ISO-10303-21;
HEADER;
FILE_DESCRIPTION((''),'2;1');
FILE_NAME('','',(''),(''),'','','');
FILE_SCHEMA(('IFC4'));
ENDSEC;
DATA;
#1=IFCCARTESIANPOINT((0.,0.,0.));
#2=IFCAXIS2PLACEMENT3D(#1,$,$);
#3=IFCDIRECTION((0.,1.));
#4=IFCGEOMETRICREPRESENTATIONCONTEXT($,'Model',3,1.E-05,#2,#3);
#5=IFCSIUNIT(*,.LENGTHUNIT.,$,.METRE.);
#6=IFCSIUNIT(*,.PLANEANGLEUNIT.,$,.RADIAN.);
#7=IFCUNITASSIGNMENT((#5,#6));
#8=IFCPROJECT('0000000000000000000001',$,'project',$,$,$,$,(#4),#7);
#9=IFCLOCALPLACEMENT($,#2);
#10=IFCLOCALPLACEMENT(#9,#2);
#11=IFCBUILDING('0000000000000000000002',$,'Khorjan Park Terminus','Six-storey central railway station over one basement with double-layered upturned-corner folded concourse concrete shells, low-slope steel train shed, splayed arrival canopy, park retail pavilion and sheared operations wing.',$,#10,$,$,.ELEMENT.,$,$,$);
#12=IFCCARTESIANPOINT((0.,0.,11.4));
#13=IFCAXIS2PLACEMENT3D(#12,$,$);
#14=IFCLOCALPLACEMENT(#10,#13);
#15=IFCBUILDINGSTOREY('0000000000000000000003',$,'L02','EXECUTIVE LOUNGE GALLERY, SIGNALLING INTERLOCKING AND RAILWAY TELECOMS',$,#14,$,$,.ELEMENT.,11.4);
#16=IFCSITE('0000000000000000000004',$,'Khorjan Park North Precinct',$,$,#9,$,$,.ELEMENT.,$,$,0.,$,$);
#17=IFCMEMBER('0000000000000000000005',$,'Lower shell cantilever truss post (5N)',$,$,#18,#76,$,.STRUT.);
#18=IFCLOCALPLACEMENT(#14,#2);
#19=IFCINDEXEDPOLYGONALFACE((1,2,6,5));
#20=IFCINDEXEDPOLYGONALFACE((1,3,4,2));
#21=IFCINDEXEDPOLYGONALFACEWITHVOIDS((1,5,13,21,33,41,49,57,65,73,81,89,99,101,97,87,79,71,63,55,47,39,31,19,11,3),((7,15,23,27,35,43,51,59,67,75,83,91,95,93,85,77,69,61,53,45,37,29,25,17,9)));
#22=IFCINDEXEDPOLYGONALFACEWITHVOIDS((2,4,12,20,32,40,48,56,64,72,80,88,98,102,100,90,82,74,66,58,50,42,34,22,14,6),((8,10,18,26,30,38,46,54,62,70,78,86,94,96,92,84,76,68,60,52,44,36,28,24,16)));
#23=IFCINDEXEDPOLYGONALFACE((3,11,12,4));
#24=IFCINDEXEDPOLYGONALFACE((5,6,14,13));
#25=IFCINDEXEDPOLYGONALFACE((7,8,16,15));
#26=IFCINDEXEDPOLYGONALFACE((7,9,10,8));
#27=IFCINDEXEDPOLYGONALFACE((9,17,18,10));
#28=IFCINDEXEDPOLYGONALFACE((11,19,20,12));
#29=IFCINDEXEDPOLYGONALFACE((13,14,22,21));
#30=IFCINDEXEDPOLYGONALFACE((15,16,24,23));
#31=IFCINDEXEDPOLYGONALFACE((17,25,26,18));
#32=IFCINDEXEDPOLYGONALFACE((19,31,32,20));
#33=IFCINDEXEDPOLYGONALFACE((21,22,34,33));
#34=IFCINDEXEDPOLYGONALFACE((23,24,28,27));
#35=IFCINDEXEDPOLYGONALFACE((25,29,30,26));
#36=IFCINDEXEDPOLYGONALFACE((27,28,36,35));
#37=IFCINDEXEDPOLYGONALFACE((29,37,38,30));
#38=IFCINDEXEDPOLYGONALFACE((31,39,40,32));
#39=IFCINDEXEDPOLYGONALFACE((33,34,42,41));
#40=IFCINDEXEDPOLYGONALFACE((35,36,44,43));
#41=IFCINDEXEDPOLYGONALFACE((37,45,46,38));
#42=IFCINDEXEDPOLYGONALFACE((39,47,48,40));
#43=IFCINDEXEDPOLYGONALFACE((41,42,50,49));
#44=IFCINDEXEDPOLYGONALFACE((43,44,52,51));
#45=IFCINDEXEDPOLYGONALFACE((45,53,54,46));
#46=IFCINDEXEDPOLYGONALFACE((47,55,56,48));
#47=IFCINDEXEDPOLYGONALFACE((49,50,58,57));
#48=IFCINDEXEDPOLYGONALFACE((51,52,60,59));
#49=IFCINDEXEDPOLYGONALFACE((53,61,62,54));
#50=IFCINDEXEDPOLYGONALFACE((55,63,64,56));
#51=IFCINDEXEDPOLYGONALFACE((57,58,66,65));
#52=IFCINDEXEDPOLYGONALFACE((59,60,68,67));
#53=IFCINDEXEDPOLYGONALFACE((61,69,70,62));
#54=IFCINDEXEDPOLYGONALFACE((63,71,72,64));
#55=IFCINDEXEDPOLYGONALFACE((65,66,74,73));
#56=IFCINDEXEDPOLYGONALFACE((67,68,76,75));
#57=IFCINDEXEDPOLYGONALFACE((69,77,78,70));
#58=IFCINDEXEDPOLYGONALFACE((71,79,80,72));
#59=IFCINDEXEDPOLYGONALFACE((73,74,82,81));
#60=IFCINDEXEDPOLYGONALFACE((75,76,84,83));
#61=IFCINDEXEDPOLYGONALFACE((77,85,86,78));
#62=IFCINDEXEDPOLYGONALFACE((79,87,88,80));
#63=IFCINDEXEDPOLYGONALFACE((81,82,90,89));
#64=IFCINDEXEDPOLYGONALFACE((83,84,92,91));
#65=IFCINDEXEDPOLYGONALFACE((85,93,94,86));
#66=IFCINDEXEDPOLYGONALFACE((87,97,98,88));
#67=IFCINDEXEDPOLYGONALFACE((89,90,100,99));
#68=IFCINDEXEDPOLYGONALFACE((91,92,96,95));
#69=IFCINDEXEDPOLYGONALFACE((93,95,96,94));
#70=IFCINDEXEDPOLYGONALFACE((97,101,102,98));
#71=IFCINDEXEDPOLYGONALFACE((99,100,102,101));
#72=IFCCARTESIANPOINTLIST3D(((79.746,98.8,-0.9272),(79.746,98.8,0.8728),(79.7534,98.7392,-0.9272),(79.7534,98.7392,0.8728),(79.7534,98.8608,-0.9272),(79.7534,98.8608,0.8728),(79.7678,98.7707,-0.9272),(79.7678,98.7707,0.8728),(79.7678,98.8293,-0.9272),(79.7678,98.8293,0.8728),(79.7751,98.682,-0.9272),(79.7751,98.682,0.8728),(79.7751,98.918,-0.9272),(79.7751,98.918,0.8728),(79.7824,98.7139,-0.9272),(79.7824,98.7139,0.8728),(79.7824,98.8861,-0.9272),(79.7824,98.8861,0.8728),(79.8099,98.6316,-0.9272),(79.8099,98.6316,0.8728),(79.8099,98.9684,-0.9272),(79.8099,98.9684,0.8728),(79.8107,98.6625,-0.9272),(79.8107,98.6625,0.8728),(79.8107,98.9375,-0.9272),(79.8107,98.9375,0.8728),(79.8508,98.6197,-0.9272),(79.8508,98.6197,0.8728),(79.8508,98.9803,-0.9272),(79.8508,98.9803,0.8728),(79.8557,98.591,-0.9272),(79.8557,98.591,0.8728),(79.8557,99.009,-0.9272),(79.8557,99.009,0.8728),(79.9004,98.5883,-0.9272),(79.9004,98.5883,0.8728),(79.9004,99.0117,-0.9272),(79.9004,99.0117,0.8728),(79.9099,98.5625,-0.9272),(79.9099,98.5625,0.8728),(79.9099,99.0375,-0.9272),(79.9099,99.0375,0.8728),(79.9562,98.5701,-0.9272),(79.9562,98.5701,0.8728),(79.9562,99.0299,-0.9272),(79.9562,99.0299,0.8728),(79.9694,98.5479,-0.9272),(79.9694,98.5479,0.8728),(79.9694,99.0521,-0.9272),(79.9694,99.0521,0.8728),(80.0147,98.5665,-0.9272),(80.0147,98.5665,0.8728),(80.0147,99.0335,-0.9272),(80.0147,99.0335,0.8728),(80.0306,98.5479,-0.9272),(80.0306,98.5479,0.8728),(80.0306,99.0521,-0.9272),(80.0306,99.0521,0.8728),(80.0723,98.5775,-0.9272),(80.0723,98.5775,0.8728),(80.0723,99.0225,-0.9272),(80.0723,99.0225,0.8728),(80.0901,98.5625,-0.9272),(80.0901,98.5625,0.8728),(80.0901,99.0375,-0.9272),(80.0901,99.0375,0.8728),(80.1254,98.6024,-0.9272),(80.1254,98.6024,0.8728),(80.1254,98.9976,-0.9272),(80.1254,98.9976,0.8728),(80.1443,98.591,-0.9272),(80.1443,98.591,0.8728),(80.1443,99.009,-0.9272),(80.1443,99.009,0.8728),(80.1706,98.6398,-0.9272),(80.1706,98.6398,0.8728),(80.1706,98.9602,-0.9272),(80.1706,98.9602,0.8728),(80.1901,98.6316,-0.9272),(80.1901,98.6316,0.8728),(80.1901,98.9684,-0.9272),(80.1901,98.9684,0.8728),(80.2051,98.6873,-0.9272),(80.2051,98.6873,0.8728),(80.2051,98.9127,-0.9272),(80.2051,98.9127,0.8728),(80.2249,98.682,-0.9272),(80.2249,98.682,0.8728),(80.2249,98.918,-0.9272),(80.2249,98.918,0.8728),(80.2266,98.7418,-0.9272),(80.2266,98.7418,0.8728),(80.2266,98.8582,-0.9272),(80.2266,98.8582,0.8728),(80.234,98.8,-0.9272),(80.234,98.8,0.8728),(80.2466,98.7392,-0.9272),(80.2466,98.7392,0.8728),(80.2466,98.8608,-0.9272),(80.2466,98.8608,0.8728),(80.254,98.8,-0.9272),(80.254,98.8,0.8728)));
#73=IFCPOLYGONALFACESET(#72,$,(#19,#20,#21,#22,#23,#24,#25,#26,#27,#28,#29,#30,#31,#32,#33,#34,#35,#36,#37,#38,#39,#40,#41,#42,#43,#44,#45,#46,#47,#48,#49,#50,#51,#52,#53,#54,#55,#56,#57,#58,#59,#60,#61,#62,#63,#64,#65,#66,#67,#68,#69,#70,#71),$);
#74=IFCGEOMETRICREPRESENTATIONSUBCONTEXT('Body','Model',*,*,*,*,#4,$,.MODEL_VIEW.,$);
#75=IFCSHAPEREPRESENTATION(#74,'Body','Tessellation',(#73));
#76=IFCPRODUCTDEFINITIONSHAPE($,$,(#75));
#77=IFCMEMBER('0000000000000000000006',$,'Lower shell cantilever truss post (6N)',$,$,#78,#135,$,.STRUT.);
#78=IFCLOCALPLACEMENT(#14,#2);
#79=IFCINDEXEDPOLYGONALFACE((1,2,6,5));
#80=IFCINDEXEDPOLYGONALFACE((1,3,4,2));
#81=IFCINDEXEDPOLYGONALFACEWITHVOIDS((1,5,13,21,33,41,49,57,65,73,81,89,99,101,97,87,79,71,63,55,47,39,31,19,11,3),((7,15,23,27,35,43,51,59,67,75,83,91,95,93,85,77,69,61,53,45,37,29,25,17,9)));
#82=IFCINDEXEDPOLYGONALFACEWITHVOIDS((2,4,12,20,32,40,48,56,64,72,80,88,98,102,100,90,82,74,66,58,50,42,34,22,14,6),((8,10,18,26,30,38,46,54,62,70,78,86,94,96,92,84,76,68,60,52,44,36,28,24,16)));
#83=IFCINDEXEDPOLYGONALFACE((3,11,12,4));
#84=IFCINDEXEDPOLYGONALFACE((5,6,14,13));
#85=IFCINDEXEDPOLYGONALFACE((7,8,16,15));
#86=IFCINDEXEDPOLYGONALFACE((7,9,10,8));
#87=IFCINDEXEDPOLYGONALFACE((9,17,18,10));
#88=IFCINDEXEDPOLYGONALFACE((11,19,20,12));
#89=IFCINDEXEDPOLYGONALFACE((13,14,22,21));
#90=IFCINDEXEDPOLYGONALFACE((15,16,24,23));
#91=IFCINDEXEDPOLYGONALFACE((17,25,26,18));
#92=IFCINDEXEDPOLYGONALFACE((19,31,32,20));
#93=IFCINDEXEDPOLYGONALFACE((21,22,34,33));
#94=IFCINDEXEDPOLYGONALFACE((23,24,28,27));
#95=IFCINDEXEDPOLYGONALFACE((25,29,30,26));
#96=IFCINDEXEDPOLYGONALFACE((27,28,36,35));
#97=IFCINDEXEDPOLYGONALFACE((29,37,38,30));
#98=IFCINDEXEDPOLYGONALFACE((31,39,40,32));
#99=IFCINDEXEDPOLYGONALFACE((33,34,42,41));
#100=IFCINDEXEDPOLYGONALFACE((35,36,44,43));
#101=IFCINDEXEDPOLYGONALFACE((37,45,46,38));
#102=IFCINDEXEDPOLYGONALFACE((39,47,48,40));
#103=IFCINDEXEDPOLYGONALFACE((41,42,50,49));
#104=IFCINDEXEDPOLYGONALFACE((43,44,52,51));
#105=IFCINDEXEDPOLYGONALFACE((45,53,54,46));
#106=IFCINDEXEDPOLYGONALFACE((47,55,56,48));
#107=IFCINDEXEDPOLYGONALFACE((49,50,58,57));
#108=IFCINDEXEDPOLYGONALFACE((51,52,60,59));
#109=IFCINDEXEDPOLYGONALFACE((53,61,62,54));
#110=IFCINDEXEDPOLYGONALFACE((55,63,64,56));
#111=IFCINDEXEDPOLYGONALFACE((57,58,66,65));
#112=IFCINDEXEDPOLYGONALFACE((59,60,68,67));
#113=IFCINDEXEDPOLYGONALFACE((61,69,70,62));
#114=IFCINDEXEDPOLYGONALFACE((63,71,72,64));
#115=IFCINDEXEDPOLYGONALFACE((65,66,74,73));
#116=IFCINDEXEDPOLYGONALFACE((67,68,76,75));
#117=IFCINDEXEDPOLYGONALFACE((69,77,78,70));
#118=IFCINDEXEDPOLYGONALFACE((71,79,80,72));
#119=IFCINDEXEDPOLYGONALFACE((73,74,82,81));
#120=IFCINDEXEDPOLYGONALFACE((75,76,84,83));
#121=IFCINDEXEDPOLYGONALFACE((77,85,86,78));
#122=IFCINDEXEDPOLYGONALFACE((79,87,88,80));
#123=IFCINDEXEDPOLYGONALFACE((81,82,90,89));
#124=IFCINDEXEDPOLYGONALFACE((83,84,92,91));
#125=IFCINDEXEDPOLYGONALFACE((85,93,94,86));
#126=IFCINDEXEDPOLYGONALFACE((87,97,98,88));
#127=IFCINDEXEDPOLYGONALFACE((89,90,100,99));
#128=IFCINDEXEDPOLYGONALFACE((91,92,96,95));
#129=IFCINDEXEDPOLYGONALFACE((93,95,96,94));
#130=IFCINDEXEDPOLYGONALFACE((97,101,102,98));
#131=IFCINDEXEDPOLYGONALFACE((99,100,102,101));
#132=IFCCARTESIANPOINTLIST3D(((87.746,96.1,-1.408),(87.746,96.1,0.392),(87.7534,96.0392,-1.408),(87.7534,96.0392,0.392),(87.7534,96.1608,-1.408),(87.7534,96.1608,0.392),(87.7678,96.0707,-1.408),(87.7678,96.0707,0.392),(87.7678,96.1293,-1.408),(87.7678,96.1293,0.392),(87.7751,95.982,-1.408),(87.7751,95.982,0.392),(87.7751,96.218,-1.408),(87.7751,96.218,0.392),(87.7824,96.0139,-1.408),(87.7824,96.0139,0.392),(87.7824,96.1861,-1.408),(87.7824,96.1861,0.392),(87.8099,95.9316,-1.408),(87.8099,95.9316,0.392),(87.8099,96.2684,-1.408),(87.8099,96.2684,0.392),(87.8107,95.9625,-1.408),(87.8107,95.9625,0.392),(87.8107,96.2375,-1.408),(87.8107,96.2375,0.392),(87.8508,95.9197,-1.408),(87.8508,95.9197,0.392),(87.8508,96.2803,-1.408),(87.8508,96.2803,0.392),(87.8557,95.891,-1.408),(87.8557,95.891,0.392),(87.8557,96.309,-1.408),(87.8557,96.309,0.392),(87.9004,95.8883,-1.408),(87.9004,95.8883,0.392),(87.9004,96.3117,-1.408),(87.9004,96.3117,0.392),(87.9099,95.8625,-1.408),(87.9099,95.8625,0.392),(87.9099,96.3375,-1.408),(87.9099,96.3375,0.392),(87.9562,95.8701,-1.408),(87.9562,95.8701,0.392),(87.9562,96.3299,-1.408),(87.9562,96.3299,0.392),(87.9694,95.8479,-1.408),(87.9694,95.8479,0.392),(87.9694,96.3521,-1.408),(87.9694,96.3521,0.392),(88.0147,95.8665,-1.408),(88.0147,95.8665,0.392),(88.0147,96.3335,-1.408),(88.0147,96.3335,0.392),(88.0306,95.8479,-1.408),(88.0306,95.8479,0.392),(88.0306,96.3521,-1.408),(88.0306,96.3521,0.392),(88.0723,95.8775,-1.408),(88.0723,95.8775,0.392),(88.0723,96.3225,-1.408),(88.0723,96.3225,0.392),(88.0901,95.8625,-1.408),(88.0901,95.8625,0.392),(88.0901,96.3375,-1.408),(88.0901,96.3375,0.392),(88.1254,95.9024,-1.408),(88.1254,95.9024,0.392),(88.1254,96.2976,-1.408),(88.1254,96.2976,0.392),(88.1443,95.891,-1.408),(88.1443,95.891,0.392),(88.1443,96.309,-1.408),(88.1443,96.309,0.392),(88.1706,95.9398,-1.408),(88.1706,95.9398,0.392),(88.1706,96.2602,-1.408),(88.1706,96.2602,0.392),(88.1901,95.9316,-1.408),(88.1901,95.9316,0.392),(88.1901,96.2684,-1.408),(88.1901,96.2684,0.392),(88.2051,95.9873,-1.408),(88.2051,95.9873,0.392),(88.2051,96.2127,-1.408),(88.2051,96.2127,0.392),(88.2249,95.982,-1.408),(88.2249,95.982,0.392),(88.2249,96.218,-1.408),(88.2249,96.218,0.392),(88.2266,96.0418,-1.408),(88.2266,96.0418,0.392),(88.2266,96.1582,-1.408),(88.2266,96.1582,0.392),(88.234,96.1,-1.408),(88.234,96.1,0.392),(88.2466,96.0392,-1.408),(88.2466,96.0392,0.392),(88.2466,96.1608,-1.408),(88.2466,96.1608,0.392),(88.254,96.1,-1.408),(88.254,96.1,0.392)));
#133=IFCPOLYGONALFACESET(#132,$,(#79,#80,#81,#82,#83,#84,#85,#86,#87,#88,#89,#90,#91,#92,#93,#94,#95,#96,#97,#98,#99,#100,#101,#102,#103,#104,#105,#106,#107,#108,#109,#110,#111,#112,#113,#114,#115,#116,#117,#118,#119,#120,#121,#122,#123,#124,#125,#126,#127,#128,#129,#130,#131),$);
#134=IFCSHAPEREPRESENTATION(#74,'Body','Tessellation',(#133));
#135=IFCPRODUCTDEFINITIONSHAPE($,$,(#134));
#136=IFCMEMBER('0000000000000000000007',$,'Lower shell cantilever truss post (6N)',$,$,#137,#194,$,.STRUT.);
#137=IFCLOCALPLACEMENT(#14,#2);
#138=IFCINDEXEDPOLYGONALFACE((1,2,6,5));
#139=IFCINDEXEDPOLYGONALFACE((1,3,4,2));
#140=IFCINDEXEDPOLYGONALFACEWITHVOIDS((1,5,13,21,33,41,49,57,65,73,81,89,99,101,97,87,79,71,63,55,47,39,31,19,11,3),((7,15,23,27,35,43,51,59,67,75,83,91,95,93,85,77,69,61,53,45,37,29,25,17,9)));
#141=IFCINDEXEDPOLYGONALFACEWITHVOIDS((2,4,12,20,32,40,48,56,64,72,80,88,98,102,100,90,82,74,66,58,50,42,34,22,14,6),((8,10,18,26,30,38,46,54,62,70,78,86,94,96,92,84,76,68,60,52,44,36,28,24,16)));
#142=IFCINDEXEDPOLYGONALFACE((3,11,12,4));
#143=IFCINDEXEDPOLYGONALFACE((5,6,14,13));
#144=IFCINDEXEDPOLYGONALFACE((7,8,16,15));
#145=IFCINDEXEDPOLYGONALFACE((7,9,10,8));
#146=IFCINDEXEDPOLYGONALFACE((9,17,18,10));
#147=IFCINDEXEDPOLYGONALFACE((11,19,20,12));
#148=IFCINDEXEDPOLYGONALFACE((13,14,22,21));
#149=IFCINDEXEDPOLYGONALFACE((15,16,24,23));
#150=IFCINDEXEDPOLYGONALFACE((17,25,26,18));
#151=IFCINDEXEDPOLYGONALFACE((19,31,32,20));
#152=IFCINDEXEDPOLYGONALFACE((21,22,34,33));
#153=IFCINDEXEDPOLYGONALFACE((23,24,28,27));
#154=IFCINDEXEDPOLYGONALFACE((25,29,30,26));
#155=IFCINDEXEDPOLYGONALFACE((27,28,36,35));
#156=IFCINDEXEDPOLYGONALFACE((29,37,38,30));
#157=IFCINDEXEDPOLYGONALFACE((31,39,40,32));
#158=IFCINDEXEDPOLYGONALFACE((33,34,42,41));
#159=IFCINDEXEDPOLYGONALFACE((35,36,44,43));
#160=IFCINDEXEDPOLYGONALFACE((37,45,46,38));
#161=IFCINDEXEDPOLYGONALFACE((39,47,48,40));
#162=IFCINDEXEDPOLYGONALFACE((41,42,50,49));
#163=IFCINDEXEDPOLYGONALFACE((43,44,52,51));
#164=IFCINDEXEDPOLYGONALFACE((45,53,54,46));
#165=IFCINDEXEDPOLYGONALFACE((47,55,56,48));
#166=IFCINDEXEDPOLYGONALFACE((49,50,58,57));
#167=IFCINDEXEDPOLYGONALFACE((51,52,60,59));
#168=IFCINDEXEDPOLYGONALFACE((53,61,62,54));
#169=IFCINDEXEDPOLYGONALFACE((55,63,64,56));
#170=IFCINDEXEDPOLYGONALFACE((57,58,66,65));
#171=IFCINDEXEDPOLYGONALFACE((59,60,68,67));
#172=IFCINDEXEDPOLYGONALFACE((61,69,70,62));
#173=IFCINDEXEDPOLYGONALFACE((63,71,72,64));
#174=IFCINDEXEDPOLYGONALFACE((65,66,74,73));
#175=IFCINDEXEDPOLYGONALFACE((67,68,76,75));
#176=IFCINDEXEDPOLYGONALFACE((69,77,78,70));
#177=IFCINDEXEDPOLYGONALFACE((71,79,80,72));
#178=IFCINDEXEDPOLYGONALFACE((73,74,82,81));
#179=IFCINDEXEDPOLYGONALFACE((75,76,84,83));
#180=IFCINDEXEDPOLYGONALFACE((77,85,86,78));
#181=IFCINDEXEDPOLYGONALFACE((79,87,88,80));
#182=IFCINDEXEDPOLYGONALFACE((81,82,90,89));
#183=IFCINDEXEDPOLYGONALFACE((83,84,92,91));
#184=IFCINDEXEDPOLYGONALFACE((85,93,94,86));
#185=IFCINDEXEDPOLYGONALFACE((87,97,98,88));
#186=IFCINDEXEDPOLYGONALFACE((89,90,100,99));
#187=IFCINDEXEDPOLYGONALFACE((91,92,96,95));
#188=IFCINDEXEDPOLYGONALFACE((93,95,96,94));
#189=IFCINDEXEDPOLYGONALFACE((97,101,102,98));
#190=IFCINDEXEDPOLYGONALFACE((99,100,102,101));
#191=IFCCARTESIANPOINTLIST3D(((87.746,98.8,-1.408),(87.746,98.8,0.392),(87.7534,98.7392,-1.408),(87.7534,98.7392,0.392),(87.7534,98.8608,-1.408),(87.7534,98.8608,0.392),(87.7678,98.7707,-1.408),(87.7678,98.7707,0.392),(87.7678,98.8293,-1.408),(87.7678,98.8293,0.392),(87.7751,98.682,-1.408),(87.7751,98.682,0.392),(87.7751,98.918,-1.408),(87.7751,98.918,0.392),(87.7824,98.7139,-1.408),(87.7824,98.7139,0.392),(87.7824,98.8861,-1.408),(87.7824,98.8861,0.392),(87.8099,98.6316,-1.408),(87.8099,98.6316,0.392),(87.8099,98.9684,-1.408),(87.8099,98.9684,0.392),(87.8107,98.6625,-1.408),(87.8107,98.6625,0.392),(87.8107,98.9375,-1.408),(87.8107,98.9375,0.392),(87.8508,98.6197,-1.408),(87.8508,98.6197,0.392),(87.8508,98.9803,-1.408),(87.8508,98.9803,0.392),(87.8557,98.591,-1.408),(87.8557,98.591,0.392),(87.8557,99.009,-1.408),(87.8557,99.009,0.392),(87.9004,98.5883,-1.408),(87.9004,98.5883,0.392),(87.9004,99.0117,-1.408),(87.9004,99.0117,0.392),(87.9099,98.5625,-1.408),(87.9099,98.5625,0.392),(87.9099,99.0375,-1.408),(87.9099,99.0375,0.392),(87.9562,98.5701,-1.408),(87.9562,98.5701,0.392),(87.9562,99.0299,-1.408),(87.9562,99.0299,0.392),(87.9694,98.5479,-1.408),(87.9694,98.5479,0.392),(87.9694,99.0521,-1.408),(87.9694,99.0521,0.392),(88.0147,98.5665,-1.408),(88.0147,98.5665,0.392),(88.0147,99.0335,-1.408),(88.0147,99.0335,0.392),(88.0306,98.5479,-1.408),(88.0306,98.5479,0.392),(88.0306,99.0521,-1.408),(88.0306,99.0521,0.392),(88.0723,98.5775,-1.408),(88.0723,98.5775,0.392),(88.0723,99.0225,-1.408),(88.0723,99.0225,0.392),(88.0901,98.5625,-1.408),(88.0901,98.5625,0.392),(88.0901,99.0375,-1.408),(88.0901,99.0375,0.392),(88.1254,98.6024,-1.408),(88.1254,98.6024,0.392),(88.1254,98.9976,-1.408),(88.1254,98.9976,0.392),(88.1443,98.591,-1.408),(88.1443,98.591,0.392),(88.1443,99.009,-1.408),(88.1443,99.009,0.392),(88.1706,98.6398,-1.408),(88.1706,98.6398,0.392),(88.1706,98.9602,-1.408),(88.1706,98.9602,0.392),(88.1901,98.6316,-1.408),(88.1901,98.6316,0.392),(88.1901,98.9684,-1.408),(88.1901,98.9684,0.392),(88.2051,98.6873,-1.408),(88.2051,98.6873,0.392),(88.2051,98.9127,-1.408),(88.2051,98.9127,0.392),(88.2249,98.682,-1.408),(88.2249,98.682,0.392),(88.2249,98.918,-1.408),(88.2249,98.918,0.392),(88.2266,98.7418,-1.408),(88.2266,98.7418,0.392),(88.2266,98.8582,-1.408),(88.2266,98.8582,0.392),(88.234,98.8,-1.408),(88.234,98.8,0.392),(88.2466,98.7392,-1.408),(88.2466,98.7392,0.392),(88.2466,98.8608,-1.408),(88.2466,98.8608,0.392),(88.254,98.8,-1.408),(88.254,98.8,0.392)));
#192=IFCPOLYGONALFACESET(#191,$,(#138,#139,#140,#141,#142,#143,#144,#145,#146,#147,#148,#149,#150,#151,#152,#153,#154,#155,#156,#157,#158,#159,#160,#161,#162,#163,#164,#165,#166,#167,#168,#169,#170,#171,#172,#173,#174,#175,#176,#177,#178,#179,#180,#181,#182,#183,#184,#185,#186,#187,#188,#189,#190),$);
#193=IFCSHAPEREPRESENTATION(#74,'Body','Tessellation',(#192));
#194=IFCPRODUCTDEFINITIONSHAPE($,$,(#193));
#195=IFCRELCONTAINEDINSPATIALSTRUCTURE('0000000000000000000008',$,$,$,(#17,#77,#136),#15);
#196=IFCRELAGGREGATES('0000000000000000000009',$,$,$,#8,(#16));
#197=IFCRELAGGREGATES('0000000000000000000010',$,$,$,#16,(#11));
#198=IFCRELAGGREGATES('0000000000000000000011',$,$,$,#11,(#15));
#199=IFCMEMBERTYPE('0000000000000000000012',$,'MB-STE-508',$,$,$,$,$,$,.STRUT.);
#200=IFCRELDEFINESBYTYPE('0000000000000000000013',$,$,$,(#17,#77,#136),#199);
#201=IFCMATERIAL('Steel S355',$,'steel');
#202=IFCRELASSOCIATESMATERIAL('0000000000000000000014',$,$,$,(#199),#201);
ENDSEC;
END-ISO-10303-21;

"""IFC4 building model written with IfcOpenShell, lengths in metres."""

from ifc_helpers import new_model, si_unit, direction, frame, origin, origin_2d, place, context, subcontext, project, spatial, hollow_circle, extrude, material, material_profile, profile_set, type_object, element, save


model = new_model("IFC4")

# Units and contexts
model_context = context("Model", 3, precision=1e-05, world=origin(), true_north=direction((0.0, 1.0)))
body_context = subcontext(model_context, "Body", "Model", "MODEL_VIEW")
ifc_project = project(units=[si_unit("LENGTHUNIT", "METRE"), si_unit("PLANEANGLEUNIT", "RADIAN")], contexts=[model_context])

# Site, building, storey
site_placement = place(None, origin())
site = spatial("IfcSite", under=ifc_project, at=site_placement, Name="Khorjan Park North Precinct", CompositionType="ELEMENT", RefElevation=0.0)
building_placement = place(site_placement, origin())
building = spatial("IfcBuilding", under=site, at=building_placement, Name="Khorjan Park Terminus", Description="Six-storey central railway station over one basement with double-layered upturned-corner folded concourse concrete shells, low-slope steel train shed, splayed arrival canopy, park retail pavilion and sheared operations wing.", CompositionType="ELEMENT")
storey_placement = place(building_placement, frame((0.0, 0.0, 11.4)))
storey = spatial("IfcBuildingStorey", under=building, at=storey_placement, Name="L02", Description="EXECUTIVE LOUNGE GALLERY, SIGNALLING INTERLOCKING AND RAILWAY TELECOMS", CompositionType="ELEMENT", Elevation=11.4)

# Shared definitions
ifc_material = material(Name="Steel S355", Category="steel")

# Members
ifc_material_profile_1 = material_profile(ifc_material, hollow_circle(Radius=0.254, WallThickness=0.02, at=origin_2d()), Name="CHS 508x20")
ifc_profile_set_1 = profile_set([ifc_material_profile_1], Name="Steel S355")
member_type_1 = type_object("IfcMemberType", Name="MB-STE-508", PredefinedType="STRUT", material=ifc_profile_set_1)
for number, where, z_axis, x_axis, name in (
    (1, (80.0, 98.8, -0.9272), (0.0, 0.0, 1.0), (1.0, 0.0, 0.0), "Lower shell cantilever truss post (5N)"),
    (2, (88.0, 96.1, -1.408), (0.0, 0.0, 1.0), (1.0, 0.0, 0.0), "Lower shell cantilever truss post (6N)"),
    (3, (88.0, 98.8, -1.408), (0.0, 0.0, 1.0), (1.0, 0.0, 0.0), "Lower shell cantilever truss post (6N)"),
):
    element("IfcMember", number, at=place(storey_placement, frame(where, z_axis=z_axis, x_axis=x_axis)), inside=storey, type_object=member_type_1, Name=name, PredefinedType="STRUT", context=body_context, shape_type="SweptSolid", body=[
        extrude(hollow_circle(Radius=0.254, WallThickness=0.02, at=origin_2d()), origin(), (0.0, 0.0, 1.0), 1.8),
    ])

save(model, "model.ifc")
